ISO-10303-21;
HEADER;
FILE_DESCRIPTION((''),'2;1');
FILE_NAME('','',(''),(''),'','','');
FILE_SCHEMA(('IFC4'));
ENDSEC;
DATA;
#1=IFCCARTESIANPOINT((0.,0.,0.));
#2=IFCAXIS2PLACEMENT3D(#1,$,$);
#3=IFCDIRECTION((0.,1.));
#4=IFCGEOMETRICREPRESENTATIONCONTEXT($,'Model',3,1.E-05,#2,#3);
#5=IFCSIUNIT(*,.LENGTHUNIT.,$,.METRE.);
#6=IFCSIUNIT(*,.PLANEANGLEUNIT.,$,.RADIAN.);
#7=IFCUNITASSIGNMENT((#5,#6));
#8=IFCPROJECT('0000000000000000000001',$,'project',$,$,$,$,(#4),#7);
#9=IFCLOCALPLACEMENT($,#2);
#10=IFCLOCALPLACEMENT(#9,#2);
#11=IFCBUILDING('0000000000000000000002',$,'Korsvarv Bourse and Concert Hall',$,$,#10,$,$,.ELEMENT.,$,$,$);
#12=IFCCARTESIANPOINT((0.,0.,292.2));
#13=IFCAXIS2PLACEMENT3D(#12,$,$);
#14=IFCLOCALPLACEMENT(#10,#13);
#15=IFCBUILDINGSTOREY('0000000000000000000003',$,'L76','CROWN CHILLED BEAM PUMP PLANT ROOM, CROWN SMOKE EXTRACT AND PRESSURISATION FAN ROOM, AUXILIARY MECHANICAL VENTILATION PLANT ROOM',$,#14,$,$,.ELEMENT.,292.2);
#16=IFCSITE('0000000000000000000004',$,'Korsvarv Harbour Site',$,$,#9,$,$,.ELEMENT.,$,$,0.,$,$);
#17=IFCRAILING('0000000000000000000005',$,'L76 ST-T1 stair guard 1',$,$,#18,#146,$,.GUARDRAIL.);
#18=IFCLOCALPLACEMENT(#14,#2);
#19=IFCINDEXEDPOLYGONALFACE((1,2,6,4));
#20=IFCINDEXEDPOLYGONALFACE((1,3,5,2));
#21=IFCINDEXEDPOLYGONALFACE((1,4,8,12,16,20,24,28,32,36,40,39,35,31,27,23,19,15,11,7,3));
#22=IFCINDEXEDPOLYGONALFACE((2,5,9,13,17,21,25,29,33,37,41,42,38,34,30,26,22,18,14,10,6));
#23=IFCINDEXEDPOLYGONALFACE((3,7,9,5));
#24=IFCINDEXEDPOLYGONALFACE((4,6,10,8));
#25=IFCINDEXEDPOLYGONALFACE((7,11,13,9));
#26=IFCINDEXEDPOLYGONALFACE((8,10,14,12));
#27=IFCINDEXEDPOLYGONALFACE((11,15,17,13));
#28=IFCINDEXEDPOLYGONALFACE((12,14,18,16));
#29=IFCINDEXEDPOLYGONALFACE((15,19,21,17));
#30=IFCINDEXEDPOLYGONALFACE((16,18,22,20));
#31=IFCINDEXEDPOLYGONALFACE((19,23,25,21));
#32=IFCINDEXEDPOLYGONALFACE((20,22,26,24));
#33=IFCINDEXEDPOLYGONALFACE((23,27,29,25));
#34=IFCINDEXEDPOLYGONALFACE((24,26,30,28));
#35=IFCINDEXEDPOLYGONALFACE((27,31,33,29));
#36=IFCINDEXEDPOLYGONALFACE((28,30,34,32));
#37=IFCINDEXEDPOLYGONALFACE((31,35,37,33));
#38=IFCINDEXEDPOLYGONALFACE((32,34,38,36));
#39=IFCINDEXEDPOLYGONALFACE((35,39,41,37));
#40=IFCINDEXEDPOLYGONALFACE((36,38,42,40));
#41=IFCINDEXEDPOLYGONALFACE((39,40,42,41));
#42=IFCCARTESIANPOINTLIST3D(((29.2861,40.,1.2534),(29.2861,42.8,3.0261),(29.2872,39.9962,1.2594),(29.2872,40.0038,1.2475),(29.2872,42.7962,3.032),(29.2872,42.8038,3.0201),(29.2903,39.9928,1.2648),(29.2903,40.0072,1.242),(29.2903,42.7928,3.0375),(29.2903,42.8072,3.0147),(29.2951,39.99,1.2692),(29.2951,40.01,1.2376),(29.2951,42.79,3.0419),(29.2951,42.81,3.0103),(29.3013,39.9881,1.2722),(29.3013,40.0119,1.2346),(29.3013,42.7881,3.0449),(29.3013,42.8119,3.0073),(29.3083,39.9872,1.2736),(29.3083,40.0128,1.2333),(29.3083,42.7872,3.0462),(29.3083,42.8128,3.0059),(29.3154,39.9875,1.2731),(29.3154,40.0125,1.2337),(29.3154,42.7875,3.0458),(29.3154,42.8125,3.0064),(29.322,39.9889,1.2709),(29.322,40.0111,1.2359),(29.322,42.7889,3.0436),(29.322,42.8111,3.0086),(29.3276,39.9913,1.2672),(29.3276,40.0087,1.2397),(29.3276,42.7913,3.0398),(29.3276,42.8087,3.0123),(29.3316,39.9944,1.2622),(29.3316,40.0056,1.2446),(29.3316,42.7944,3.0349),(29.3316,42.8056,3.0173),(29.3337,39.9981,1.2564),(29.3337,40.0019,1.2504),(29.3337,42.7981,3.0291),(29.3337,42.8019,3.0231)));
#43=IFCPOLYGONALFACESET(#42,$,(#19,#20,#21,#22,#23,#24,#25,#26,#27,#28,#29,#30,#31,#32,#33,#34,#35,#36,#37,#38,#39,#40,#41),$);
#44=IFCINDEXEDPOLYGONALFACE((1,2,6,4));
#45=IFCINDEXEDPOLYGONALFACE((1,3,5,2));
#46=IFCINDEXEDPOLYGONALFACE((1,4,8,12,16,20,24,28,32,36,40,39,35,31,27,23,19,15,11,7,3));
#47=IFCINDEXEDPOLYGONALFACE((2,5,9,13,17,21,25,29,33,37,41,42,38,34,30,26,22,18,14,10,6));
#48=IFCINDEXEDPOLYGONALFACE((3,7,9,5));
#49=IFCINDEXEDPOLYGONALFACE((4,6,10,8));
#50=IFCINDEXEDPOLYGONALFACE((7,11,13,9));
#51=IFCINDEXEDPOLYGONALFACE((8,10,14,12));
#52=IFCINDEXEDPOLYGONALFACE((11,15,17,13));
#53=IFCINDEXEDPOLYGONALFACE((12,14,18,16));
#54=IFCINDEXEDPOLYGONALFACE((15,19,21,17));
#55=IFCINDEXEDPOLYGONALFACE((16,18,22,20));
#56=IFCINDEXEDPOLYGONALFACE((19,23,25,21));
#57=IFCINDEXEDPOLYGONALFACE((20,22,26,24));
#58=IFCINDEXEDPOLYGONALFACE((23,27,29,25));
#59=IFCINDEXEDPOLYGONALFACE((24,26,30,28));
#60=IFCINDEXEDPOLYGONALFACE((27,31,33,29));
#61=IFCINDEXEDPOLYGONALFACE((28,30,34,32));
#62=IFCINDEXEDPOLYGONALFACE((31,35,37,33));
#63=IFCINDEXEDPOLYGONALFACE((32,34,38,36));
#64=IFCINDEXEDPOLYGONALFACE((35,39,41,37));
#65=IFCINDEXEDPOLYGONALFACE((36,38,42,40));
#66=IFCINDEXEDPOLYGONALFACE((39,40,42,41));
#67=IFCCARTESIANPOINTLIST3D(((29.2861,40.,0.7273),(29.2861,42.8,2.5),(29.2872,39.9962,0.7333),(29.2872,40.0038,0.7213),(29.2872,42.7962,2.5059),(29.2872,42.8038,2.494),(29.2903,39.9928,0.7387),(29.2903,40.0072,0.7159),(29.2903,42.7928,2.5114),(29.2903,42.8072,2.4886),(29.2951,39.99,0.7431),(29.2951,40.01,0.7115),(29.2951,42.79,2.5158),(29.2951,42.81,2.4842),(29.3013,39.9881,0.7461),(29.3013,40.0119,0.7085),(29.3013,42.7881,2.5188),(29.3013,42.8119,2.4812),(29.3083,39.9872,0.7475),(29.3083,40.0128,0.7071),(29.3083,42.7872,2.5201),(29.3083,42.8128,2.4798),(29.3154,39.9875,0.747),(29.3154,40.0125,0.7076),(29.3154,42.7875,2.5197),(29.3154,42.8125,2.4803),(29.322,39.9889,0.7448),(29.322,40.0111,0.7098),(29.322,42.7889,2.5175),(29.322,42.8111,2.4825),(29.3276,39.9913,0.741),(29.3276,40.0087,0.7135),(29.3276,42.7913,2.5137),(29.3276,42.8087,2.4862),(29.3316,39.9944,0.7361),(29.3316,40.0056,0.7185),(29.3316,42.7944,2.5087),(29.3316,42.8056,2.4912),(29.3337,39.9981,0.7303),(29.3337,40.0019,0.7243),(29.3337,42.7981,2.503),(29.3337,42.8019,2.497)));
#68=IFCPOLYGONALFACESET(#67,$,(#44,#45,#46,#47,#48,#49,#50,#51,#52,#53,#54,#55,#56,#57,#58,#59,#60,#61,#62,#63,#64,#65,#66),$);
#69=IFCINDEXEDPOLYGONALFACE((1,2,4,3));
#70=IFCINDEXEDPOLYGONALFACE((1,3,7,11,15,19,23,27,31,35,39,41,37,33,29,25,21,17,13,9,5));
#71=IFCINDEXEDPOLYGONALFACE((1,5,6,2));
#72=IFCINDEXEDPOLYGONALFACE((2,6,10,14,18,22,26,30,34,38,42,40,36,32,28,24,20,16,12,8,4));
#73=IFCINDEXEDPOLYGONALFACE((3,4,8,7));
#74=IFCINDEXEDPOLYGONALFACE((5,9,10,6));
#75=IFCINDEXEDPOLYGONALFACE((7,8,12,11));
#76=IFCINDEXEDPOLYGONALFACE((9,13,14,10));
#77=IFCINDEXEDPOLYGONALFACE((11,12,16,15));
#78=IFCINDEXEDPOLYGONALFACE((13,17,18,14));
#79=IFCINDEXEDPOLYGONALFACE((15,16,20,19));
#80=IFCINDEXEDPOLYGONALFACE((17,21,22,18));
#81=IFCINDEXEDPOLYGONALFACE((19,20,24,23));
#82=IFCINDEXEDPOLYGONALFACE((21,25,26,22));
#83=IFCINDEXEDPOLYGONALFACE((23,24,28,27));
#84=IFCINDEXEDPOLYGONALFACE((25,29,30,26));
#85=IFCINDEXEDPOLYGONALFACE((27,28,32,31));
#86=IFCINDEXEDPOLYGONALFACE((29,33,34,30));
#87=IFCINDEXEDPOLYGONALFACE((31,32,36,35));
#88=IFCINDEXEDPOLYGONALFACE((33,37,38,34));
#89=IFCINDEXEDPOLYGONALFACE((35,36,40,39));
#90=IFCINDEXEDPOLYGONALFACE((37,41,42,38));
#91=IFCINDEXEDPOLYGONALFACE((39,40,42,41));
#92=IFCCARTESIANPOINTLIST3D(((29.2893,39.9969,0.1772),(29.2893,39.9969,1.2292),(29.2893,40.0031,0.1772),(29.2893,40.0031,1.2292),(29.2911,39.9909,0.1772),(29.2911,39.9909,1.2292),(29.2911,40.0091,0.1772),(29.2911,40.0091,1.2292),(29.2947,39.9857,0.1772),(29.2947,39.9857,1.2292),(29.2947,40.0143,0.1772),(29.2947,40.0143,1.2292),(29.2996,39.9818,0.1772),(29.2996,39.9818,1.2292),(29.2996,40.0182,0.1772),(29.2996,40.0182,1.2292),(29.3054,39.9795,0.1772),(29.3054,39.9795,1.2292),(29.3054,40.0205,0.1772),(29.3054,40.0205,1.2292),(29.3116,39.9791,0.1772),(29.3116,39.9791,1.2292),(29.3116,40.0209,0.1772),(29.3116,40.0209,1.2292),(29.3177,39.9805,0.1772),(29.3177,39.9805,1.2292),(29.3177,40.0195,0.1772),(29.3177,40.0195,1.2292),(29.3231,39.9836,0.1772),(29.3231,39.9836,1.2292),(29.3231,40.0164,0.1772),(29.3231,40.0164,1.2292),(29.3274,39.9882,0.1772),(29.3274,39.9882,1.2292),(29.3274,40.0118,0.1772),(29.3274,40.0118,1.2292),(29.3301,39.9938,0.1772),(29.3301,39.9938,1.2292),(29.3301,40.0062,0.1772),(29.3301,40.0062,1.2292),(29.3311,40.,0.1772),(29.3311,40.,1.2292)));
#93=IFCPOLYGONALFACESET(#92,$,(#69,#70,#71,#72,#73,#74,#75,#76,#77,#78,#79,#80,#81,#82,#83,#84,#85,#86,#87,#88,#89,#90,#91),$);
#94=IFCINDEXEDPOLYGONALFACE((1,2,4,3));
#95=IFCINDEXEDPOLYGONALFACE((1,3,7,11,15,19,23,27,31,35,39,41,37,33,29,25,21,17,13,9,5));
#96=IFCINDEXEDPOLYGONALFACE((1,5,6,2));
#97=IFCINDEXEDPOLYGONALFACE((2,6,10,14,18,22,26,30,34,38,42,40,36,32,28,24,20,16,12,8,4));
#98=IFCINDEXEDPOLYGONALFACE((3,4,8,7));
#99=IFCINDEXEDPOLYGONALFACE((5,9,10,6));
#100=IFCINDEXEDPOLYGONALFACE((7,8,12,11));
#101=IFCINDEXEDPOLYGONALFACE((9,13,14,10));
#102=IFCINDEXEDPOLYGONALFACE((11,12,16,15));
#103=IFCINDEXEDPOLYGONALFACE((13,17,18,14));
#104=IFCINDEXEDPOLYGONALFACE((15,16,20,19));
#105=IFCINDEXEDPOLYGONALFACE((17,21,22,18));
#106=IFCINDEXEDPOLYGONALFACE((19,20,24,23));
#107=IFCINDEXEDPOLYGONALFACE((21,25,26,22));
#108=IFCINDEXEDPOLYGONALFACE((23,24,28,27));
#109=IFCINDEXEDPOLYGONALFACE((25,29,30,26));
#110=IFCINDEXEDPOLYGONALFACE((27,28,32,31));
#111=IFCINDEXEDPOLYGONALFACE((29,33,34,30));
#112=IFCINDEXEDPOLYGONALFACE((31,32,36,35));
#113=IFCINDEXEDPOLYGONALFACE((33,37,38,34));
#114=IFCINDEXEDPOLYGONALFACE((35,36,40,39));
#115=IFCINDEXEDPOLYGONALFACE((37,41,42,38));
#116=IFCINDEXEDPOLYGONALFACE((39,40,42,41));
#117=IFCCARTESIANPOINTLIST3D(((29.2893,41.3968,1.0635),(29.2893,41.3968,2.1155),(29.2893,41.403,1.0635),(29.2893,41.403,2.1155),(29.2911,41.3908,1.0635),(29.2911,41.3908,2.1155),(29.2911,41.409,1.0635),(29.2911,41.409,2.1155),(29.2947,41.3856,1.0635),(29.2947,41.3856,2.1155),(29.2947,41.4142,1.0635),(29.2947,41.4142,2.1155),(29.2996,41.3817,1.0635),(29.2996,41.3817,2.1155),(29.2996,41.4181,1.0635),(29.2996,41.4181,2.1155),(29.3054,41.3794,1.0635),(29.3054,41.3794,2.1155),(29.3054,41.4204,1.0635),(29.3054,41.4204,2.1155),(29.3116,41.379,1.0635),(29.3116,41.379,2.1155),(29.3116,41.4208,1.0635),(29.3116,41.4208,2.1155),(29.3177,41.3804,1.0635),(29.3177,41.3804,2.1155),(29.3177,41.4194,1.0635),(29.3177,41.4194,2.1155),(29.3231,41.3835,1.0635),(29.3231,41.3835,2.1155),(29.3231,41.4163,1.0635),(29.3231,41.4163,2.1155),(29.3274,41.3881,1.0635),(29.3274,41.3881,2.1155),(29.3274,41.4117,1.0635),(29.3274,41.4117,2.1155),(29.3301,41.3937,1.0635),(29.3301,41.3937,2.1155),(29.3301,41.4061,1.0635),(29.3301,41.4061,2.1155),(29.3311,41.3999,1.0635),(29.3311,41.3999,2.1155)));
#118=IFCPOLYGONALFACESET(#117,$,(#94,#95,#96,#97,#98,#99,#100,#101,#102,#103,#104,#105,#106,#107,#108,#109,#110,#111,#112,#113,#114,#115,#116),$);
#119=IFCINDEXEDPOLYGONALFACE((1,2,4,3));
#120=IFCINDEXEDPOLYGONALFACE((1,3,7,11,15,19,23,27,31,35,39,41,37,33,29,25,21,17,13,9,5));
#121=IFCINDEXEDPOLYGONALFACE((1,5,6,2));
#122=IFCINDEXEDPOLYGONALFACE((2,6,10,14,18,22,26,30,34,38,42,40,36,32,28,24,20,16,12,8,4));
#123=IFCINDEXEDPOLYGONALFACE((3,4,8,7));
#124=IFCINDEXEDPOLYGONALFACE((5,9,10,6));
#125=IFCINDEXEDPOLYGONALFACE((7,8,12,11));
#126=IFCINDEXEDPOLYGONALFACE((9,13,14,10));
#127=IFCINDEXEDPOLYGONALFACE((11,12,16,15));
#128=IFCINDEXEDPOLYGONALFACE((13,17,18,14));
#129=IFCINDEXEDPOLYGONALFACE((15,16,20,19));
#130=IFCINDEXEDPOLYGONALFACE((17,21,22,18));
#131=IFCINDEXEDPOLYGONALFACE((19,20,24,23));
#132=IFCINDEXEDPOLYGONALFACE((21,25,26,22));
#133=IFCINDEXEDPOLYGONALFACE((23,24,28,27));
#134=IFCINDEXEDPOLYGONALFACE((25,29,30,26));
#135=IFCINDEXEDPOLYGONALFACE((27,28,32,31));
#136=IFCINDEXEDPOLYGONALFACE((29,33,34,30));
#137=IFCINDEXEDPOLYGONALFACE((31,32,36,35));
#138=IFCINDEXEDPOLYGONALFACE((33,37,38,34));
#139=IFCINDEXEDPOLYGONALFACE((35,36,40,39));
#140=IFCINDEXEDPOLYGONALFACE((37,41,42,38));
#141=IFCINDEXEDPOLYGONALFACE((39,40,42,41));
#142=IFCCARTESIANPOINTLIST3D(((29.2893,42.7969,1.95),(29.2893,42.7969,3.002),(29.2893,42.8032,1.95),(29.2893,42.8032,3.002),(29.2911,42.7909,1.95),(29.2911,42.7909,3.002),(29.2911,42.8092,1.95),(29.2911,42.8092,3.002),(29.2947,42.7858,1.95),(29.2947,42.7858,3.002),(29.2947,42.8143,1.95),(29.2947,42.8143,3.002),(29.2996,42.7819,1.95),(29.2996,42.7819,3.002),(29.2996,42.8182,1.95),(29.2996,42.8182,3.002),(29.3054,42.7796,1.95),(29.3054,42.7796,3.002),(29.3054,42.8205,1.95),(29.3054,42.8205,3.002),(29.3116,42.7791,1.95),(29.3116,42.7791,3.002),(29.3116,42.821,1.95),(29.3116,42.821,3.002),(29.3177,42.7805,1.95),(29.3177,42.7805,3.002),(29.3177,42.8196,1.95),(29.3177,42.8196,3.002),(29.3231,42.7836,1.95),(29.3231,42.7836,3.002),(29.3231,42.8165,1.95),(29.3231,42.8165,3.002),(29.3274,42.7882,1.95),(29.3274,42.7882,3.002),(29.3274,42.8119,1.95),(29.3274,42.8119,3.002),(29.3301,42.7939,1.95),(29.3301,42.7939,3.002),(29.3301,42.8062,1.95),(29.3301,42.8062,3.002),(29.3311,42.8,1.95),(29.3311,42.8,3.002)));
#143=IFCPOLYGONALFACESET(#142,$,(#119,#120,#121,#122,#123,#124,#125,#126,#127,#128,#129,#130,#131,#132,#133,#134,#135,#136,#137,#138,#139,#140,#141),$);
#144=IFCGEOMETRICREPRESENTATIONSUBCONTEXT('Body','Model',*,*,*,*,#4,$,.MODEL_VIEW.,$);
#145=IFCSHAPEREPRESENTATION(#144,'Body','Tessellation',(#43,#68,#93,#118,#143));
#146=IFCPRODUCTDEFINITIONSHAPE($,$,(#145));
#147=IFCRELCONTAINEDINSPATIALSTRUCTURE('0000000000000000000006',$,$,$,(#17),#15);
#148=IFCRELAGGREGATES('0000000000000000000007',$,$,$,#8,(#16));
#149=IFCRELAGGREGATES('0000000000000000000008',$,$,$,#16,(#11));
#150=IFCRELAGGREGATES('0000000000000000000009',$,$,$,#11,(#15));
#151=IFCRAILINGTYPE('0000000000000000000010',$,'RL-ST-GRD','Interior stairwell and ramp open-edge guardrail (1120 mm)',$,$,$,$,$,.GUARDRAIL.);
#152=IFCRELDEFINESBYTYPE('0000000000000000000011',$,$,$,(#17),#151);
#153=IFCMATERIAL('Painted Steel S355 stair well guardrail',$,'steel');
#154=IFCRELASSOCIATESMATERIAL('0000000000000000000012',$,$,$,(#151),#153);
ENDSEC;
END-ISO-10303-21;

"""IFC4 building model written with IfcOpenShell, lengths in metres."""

from ifc_helpers import new_model, si_unit, direction, frame, origin, origin_2d, place, context, subcontext, project, spatial, circle, extrude, material, type_object, element, save


model = new_model("IFC4")

# Units and contexts
model_context = context("Model", 3, precision=1e-05, world=origin(), true_north=direction((0.0, 1.0)))
body_context = subcontext(model_context, "Body", "Model", "MODEL_VIEW")
ifc_project = project(units=[si_unit("LENGTHUNIT", "METRE"), si_unit("PLANEANGLEUNIT", "RADIAN")], contexts=[model_context])

# Site, building, storey
site_placement = place(None, origin())
site = spatial("IfcSite", under=ifc_project, at=site_placement, Name="Korsvarv Harbour Site", CompositionType="ELEMENT", RefElevation=0.0)
building_placement = place(site_placement, origin())
building = spatial("IfcBuilding", under=site, at=building_placement, Name="Korsvarv Bourse and Concert Hall", CompositionType="ELEMENT")
storey_placement = place(building_placement, frame((0.0, 0.0, 292.2)))
storey = spatial("IfcBuildingStorey", under=building, at=storey_placement, Name="L76", Description="CROWN CHILLED BEAM PUMP PLANT ROOM, CROWN SMOKE EXTRACT AND PRESSURISATION FAN ROOM, AUXILIARY MECHANICAL VENTILATION PLANT ROOM", CompositionType="ELEMENT", Elevation=292.2)

# Railing
ifc_material_1 = material(Name="Painted Steel S355 stair well guardrail", Category="steel")
railing_type_1 = type_object("IfcRailingType", Name="RL-ST-GRD", Description="Interior stairwell and ramp open-edge guardrail (1120 mm)", PredefinedType="GUARDRAIL", material=ifc_material_1)
railing_1_placement = place(storey_placement, frame((29.3101, 40.0, 0.1772)))
element("IfcRailing", 1, at=railing_1_placement, inside=storey, type_object=railing_type_1, Name="L76 ST-T1 stair guard 1", PredefinedType="GUARDRAIL", context=body_context, shape_type="SweptSolid", body=[
    extrude(circle(Radius=0.0239, at=origin_2d()), frame((0.0, 0.0, 1.0762), z_axis=(0.0, 0.844909, 0.53491), x_axis=(-1.0, 0.0, 0.0)), (0.0, 0.0, 1.0), 3.314),
    extrude(circle(Radius=0.0239, at=origin_2d()), frame((0.0, 0.0, 0.55), z_axis=(0.0, 0.844909, 0.53491), x_axis=(-1.0, 0.0, 0.0)), (0.0, 0.0, 1.0), 3.314),
    extrude(circle(Radius=0.021, at=origin_2d()), origin(), (0.0, 0.0, 1.0), 1.052),
    extrude(circle(Radius=0.021, at=origin_2d()), frame((0.0, 1.3999, 0.8862)), (0.0, 0.0, 1.0), 1.052),
    extrude(circle(Radius=0.021, at=origin_2d()), frame((0.0, 2.8, 1.7727)), (0.0, 0.0, 1.0), 1.052),
])

save(model, "model.ifc")
